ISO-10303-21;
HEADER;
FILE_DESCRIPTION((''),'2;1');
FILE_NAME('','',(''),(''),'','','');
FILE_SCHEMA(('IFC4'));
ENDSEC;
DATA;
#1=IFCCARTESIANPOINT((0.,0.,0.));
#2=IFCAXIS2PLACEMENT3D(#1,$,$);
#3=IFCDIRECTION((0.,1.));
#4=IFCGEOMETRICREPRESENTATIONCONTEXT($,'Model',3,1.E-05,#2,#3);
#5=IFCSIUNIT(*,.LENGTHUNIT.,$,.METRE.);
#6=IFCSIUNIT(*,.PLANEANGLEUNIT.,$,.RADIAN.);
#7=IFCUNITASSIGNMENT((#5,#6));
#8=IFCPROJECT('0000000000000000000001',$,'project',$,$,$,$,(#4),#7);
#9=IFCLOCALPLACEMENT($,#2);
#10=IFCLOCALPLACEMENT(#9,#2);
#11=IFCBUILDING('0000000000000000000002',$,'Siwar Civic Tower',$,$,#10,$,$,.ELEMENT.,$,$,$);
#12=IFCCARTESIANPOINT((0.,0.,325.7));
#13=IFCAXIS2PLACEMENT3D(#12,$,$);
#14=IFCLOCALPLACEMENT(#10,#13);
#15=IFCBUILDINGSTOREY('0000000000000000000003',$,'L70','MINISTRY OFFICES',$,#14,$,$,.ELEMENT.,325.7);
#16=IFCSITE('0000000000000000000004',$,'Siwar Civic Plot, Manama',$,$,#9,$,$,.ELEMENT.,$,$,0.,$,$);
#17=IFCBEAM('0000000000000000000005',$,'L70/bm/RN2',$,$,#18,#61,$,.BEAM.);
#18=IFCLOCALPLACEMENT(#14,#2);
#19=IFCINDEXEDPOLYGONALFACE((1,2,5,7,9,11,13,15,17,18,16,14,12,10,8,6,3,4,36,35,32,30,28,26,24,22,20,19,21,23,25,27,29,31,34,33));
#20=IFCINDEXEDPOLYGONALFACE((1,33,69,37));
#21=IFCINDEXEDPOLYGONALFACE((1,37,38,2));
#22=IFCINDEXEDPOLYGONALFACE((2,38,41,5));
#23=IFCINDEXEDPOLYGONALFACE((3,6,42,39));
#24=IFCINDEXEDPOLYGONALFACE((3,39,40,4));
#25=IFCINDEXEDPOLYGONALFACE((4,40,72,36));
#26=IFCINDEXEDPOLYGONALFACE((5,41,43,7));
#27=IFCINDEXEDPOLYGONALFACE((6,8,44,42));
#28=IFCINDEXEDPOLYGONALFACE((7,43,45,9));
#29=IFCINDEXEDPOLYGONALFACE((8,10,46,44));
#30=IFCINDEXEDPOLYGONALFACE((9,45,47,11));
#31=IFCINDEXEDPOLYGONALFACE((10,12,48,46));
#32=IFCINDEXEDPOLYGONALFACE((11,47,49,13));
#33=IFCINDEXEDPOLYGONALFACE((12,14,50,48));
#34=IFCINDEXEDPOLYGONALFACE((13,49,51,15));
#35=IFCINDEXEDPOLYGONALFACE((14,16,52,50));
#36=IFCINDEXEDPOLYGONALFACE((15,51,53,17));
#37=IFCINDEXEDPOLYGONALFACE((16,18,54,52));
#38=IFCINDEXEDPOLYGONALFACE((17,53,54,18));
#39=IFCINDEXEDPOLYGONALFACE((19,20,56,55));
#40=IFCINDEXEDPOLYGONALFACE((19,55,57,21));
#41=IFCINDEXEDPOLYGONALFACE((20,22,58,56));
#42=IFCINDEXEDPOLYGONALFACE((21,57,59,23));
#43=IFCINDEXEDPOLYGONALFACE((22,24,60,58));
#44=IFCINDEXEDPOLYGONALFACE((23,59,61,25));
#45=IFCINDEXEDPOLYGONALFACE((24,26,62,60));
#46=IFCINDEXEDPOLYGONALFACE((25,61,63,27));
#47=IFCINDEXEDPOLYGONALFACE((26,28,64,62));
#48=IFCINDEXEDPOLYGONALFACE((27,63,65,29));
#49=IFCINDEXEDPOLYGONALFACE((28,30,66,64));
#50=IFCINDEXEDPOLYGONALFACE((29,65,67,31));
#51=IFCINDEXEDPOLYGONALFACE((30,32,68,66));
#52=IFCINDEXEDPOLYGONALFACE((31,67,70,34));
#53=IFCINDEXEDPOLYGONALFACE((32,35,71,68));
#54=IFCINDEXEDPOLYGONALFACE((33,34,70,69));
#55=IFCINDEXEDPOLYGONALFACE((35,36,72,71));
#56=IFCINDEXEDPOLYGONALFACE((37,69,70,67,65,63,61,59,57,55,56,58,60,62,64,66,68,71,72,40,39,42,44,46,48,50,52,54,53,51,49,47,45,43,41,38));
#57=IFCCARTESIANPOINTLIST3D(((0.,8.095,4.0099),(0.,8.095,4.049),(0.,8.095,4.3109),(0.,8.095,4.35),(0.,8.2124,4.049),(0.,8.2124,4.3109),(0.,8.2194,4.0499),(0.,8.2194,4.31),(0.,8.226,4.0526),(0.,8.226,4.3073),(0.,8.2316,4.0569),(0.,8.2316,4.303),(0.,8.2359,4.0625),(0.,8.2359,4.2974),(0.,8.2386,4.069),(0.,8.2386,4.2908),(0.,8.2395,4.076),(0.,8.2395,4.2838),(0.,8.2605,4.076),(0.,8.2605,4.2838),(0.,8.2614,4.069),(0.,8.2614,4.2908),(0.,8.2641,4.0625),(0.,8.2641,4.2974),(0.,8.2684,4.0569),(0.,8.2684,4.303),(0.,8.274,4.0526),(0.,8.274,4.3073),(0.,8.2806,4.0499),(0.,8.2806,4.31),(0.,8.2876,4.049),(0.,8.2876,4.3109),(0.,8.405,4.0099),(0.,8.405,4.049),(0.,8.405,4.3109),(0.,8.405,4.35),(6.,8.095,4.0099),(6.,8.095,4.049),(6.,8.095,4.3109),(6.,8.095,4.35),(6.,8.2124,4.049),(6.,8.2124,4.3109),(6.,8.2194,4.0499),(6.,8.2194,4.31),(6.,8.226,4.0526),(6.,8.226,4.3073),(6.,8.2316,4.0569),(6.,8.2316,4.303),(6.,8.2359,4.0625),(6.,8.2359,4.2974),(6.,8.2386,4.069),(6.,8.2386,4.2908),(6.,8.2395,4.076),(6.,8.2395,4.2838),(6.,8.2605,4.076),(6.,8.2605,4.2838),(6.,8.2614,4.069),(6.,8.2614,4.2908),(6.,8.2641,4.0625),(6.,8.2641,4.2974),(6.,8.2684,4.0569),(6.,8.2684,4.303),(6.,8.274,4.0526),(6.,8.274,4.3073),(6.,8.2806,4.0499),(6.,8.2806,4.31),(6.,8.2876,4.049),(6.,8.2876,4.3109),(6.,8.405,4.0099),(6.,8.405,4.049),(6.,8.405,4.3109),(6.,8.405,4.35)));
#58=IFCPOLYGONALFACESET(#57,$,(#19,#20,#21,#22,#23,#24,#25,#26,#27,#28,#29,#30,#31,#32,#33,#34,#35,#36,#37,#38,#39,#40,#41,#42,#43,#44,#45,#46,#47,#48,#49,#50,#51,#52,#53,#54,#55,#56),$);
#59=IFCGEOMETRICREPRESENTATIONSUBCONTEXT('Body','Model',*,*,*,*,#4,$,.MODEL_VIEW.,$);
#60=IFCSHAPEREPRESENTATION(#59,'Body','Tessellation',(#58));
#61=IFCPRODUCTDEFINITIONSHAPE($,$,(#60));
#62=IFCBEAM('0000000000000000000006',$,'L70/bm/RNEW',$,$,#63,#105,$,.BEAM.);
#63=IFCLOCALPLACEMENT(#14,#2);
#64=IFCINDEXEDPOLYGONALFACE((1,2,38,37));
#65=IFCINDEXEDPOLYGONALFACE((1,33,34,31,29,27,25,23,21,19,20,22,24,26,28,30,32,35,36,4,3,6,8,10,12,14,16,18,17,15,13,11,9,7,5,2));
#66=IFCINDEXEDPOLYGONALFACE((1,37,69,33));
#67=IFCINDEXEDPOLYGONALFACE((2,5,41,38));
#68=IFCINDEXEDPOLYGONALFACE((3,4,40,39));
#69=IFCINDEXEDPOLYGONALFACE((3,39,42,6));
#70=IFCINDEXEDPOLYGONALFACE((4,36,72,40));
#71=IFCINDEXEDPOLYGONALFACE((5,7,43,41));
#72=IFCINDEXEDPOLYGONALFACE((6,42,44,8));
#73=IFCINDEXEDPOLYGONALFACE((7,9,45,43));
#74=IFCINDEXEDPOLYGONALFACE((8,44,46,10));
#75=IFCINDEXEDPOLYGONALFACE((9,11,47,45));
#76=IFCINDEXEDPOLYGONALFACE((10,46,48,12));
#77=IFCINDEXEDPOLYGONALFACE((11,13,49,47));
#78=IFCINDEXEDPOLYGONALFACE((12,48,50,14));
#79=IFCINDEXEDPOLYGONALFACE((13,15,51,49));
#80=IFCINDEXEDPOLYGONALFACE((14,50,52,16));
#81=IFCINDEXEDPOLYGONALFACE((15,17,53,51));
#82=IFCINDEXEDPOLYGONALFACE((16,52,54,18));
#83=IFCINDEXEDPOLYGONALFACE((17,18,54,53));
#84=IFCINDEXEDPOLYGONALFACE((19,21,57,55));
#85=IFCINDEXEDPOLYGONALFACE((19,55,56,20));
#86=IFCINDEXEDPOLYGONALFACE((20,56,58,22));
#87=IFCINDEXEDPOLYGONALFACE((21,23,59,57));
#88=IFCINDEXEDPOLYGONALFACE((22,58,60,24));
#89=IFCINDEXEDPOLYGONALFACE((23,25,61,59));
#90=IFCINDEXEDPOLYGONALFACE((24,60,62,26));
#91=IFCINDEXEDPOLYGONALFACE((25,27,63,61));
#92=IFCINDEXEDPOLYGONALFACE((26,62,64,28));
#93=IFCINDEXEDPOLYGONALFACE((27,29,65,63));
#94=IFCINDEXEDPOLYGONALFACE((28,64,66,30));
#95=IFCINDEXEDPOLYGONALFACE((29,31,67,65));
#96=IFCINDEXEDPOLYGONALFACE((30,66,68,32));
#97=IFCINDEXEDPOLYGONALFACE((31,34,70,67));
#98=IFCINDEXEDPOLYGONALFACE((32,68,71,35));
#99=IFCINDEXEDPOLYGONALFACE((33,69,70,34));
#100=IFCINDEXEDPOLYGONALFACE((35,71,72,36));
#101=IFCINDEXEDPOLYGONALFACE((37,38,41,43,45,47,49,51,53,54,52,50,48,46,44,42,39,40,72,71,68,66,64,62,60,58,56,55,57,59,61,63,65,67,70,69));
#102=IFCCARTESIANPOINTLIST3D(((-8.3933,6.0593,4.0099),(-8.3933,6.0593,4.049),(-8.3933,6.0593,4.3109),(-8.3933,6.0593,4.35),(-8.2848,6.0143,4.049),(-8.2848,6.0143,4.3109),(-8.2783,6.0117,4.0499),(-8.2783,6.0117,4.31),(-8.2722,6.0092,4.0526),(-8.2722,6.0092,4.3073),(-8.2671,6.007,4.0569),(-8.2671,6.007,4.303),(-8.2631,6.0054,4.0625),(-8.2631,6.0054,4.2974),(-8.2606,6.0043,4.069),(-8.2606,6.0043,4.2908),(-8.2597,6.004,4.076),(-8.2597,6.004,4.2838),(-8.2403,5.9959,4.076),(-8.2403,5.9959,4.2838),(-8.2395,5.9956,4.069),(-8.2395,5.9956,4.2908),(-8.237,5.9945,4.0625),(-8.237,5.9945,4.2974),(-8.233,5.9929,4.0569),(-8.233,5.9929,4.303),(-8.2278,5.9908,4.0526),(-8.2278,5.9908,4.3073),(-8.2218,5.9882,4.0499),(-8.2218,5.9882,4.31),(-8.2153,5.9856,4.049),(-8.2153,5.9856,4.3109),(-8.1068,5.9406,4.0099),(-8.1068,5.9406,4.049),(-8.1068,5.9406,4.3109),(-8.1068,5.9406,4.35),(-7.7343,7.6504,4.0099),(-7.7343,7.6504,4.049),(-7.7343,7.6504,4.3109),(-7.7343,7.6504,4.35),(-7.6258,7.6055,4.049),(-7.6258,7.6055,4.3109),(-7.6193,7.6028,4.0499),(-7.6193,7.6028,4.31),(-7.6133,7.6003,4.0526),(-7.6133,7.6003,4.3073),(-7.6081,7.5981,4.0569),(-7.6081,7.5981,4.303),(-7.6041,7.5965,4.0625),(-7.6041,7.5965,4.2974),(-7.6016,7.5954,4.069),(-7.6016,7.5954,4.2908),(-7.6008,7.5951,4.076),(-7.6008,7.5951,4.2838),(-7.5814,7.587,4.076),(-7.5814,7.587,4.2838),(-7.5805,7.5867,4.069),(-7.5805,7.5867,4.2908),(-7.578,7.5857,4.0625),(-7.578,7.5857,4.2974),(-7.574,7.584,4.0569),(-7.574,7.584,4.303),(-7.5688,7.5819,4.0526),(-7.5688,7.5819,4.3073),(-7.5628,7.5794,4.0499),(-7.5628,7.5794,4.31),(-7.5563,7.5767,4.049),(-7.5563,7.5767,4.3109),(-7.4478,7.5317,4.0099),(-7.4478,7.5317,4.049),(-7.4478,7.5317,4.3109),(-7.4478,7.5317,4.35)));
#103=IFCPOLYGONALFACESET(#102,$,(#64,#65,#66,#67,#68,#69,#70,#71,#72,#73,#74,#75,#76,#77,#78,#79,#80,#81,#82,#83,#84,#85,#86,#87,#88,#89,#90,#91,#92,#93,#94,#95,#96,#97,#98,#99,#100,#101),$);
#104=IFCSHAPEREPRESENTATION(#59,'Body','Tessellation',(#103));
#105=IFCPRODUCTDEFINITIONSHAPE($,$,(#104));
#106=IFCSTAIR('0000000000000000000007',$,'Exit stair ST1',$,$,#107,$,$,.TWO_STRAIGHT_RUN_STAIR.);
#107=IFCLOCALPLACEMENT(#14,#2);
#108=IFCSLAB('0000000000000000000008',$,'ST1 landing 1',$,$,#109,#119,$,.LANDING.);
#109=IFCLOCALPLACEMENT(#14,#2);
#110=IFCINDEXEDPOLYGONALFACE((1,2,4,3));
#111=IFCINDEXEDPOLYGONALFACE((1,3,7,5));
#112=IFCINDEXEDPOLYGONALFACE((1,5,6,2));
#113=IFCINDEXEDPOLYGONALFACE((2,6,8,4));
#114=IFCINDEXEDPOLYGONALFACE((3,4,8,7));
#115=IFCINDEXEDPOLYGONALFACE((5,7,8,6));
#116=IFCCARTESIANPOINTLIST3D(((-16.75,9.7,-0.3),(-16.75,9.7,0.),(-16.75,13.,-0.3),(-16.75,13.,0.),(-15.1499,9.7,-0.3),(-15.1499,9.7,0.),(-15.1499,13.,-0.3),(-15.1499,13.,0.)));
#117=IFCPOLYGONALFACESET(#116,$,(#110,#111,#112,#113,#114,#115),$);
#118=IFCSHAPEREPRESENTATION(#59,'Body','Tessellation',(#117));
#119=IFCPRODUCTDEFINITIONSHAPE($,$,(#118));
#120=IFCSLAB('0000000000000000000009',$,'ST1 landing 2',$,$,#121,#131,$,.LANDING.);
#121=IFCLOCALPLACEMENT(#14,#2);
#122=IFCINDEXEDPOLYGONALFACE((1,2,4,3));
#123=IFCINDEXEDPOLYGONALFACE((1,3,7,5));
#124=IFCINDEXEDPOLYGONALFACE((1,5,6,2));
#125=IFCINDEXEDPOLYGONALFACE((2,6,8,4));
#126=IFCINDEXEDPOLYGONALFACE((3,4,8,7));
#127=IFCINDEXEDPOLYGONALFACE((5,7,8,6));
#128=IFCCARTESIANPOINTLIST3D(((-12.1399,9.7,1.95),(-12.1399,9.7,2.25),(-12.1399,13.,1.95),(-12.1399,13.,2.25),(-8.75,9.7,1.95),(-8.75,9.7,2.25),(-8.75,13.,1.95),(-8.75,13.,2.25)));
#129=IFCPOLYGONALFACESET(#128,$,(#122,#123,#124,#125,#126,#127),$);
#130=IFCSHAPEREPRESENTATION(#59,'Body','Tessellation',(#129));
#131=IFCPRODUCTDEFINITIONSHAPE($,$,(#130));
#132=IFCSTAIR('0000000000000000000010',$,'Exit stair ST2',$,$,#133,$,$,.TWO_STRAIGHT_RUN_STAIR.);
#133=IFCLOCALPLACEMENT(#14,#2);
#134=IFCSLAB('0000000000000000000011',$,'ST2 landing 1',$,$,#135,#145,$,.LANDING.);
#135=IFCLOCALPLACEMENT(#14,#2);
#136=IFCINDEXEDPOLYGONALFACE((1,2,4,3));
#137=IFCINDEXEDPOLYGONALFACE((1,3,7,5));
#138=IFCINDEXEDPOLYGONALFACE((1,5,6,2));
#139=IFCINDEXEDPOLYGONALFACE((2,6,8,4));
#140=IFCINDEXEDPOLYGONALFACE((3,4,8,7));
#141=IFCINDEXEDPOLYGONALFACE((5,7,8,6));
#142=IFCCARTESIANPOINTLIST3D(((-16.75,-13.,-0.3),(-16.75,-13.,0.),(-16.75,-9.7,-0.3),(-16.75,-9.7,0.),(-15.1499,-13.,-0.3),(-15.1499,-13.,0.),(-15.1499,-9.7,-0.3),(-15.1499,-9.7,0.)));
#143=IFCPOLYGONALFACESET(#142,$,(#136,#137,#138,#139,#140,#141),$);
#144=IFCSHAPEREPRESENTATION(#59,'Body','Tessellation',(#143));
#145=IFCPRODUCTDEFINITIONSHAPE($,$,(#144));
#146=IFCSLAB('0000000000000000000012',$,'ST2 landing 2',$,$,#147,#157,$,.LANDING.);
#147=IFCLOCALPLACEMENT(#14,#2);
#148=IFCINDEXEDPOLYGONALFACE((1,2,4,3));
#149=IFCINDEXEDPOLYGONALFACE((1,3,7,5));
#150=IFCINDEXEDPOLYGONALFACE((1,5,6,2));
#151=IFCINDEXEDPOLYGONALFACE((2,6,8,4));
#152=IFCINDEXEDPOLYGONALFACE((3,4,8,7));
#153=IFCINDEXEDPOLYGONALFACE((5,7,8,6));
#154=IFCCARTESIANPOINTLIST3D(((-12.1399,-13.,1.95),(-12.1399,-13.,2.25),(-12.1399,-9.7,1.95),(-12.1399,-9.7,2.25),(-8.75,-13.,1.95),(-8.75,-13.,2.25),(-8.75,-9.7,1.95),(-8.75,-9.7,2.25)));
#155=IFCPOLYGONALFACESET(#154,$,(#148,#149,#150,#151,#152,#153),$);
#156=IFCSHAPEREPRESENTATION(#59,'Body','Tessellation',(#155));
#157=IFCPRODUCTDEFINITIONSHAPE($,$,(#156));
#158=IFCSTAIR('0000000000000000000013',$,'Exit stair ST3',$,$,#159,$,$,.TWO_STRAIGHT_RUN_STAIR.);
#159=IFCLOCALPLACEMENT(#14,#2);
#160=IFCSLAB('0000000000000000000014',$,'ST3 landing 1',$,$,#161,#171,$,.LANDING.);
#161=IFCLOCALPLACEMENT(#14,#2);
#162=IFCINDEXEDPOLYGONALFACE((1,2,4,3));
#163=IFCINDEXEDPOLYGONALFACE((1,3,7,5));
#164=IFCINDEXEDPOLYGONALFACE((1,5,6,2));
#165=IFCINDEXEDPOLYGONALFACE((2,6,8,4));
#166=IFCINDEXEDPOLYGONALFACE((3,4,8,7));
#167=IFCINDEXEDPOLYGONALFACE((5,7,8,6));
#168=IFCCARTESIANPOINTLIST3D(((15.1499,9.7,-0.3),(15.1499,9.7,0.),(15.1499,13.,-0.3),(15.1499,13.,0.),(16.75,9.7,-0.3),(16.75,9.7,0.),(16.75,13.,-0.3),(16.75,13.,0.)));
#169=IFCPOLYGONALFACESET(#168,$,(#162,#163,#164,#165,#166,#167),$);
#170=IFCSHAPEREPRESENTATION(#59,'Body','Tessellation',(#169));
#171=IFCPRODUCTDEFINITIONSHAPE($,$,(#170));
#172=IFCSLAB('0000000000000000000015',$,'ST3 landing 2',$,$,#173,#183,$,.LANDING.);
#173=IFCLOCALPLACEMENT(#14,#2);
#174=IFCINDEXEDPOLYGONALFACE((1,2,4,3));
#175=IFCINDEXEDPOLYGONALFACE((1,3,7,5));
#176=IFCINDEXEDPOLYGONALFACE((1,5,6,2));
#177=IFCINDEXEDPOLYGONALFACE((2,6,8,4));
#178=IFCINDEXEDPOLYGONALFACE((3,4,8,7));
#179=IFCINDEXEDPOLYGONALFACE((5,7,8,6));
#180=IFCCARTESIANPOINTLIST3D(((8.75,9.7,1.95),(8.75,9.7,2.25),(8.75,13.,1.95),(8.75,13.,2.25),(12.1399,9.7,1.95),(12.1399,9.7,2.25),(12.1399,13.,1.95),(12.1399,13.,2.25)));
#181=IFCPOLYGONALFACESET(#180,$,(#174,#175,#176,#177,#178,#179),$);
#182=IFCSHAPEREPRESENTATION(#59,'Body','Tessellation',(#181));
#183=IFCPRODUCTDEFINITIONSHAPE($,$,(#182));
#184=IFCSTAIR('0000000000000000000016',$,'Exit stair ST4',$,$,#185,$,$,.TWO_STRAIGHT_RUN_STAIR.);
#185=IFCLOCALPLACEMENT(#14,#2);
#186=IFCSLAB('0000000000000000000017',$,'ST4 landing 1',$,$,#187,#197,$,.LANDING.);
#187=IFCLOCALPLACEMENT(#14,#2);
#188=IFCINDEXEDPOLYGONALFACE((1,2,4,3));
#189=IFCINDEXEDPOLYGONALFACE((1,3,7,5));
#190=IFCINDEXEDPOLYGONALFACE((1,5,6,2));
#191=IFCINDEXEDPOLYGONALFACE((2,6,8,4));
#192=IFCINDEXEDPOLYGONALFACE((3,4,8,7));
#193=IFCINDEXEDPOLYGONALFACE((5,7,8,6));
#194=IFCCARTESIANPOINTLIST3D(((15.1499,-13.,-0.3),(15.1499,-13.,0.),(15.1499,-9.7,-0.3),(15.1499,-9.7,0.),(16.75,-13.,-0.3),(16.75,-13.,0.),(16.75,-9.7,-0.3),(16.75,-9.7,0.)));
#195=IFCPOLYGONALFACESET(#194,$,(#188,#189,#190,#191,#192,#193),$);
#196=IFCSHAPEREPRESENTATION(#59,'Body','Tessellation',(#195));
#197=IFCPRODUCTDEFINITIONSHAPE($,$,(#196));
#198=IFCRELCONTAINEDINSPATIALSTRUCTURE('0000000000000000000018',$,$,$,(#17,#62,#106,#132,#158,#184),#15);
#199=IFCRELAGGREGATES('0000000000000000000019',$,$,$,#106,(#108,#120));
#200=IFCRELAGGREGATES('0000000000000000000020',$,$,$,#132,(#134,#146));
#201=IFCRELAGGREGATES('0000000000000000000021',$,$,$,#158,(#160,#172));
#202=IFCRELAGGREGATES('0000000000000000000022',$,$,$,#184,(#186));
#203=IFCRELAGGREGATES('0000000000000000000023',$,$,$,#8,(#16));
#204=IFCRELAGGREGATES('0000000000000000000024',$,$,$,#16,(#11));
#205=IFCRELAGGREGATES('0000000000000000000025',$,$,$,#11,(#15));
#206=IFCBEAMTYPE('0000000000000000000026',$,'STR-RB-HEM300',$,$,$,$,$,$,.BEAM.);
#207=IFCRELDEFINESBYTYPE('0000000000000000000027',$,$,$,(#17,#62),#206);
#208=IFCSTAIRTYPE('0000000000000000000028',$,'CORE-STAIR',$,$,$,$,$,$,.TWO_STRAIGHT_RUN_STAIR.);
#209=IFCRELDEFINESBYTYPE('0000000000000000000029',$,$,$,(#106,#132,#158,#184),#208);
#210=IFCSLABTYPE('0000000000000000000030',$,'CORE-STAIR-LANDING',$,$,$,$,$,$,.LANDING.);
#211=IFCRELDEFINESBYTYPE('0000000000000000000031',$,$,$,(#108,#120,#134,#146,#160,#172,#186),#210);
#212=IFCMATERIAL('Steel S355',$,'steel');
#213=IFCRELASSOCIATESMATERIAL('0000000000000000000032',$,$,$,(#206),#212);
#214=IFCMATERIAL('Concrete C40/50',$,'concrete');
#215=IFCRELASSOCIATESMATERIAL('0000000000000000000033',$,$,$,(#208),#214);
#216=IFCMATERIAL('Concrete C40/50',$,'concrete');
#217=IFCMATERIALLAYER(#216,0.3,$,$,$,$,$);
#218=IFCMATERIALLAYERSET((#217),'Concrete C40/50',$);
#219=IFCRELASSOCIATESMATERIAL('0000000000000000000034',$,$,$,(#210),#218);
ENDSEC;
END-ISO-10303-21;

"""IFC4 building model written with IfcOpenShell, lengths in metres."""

from ifc_helpers import new_model, si_unit, direction, frame, origin, origin_2d, place, context, subcontext, project, spatial, polyline, i_section, outline, extrude, material, layer, layer_set, material_profile, profile_set, type_object, element, aggregate, save


model = new_model("IFC4")

# Units and contexts
model_context = context("Model", 3, precision=1e-05, world=origin(), true_north=direction((0.0, 1.0)))
body_context = subcontext(model_context, "Body", "Model", "MODEL_VIEW")
ifc_project = project(units=[si_unit("LENGTHUNIT", "METRE"), si_unit("PLANEANGLEUNIT", "RADIAN")], contexts=[model_context])

# Site, building, storey
site_placement = place(None, origin())
site = spatial("IfcSite", under=ifc_project, at=site_placement, Name="Siwar Civic Plot, Manama", CompositionType="ELEMENT", RefElevation=0.0)
building_placement = place(site_placement, origin())
building = spatial("IfcBuilding", under=site, at=building_placement, Name="Siwar Civic Tower", CompositionType="ELEMENT")
storey_placement = place(building_placement, frame((0.0, 0.0, 325.7)))
storey = spatial("IfcBuildingStorey", under=building, at=storey_placement, Name="L70", Description="MINISTRY OFFICES", CompositionType="ELEMENT", Elevation=325.7)

# Beams
ifc_material_1 = material(Name="Steel S355", Category="steel")
ifc_material_profile_1 = material_profile(ifc_material_1, i_section(OverallWidth=0.3101, OverallDepth=0.3401, WebThickness=0.021, FlangeThickness=0.0391, FilletRadius=0.0271, at=origin_2d()), Name="HEM300")
ifc_profile_set_1 = profile_set([ifc_material_profile_1], Name="Steel S355")
beam_type_1 = type_object("IfcBeamType", Name="STR-RB-HEM300", PredefinedType="BEAM", material=ifc_profile_set_1)
for number, where, z_axis, x_axis, name in (
    (1, (0.0, 8.25, 4.1799), (1.0, 0.0, 0.0), (0.0, 1.0, 0.0), "L70/bm/RN2"),
):
    element("IfcBeam", number, at=place(storey_placement, frame(where, z_axis=z_axis, x_axis=x_axis)), inside=storey, type_object=beam_type_1, Name=name, PredefinedType="BEAM", context=body_context, shape_type="SweptSolid", body=[
        extrude(i_section(OverallWidth=0.3101, OverallDepth=0.3401, WebThickness=0.021, FlangeThickness=0.0391, FilletRadius=0.0271, at=origin_2d()), origin(), (0.0, 0.0, 1.0), 6.0),
    ])
beam_1_placement = place(storey_placement, frame((-7.5911, 7.5911, 4.1799), z_axis=(-0.382631, -0.923901, 0.0), x_axis=(0.923901, -0.382631, 0.0)))
element("IfcBeam", 2, at=beam_1_placement, inside=storey, type_object=beam_type_1, Name="L70/bm/RNEW", PredefinedType="BEAM", context=body_context, shape_type="SweptSolid", body=[
    extrude(i_section(OverallWidth=0.3101, OverallDepth=0.3401, WebThickness=0.021, FlangeThickness=0.0391, FilletRadius=0.0271, at=origin_2d()), origin(), (0.0, 0.0, 1.0), 1.7222),
])

# Stairs, slabs
ifc_material_2 = material(Name="Concrete C40/50", Category="concrete")
stair_type = type_object("IfcStairType", Name="CORE-STAIR", PredefinedType="TWO_STRAIGHT_RUN_STAIR", material=ifc_material_2)
stair_1_placement = place(storey_placement, origin())
stair_1 = element("IfcStair", 3, at=stair_1_placement, inside=storey, type_object=stair_type, Name="Exit stair ST1", PredefinedType="TWO_STRAIGHT_RUN_STAIR")
ifc_material_3 = material(Name="Concrete C40/50", Category="concrete")
ifc_layer_1 = layer(ifc_material_3, 0.3)
ifc_layer_set_1 = layer_set([ifc_layer_1], Name="Concrete C40/50")
slab_type_1 = type_object("IfcSlabType", Name="CORE-STAIR-LANDING", PredefinedType="LANDING", material=ifc_layer_set_1)
slab_1_placement = place(storey_placement, frame((0.0, 0.0, -0.3)))
slab_1 = element("IfcSlab", 4, at=slab_1_placement, type_object=slab_type_1, Name="ST1 landing 1", PredefinedType="LANDING", context=body_context, shape_type="SweptSolid", body=[
    extrude(outline(polyline([(-15.1499, 13.0), (-16.75, 13.0), (-16.75, 9.7), (-15.1499, 9.7), (-15.1499, 13.0)])), origin(), (0.0, 0.0, 1.0), 0.3),
])
slab_2_placement = place(storey_placement, frame((0.0, 0.0, 1.95)))
slab_2 = element("IfcSlab", 5, at=slab_2_placement, type_object=slab_type_1, Name="ST1 landing 2", PredefinedType="LANDING", context=body_context, shape_type="SweptSolid", body=[
    extrude(outline(polyline([(-8.75, 13.0), (-12.1399, 13.0), (-12.1399, 9.7), (-8.75, 9.7), (-8.75, 13.0)])), origin(), (0.0, 0.0, 1.0), 0.3),
])
aggregate(stair_1, [slab_1, slab_2])
stair_2_placement = place(storey_placement, origin())
stair_2 = element("IfcStair", 6, at=stair_2_placement, inside=storey, type_object=stair_type, Name="Exit stair ST2", PredefinedType="TWO_STRAIGHT_RUN_STAIR")
slab_3_placement = place(storey_placement, frame((0.0, 0.0, -0.3)))
slab_3 = element("IfcSlab", 7, at=slab_3_placement, type_object=slab_type_1, Name="ST2 landing 1", PredefinedType="LANDING", context=body_context, shape_type="SweptSolid", body=[
    extrude(outline(polyline([(-15.1499, -9.7), (-16.75, -9.7), (-16.75, -13.0), (-15.1499, -13.0), (-15.1499, -9.7)])), origin(), (0.0, 0.0, 1.0), 0.3),
])
slab_4_placement = place(storey_placement, frame((0.0, 0.0, 1.95)))
slab_4 = element("IfcSlab", 8, at=slab_4_placement, type_object=slab_type_1, Name="ST2 landing 2", PredefinedType="LANDING", context=body_context, shape_type="SweptSolid", body=[
    extrude(outline(polyline([(-8.75, -9.7), (-12.1399, -9.7), (-12.1399, -13.0), (-8.75, -13.0), (-8.75, -9.7)])), origin(), (0.0, 0.0, 1.0), 0.3),
])
aggregate(stair_2, [slab_3, slab_4])
stair_3_placement = place(storey_placement, origin())
stair_3 = element("IfcStair", 9, at=stair_3_placement, inside=storey, type_object=stair_type, Name="Exit stair ST3", PredefinedType="TWO_STRAIGHT_RUN_STAIR")
slab_5_placement = place(storey_placement, frame((0.0, 0.0, -0.3)))
slab_5 = element("IfcSlab", 10, at=slab_5_placement, type_object=slab_type_1, Name="ST3 landing 1", PredefinedType="LANDING", context=body_context, shape_type="SweptSolid", body=[
    extrude(outline(polyline([(15.1499, 9.7), (16.75, 9.7), (16.75, 13.0), (15.1499, 13.0), (15.1499, 9.7)])), origin(), (0.0, 0.0, 1.0), 0.3),
])
slab_6_placement = place(storey_placement, frame((0.0, 0.0, 1.95)))
slab_6 = element("IfcSlab", 11, at=slab_6_placement, type_object=slab_type_1, Name="ST3 landing 2", PredefinedType="LANDING", context=body_context, shape_type="SweptSolid", body=[
    extrude(outline(polyline([(8.75, 9.7), (12.1399, 9.7), (12.1399, 13.0), (8.75, 13.0), (8.75, 9.7)])), origin(), (0.0, 0.0, 1.0), 0.3),
])
aggregate(stair_3, [slab_5, slab_6])

# Stair, slab
stair_4_placement = place(storey_placement, origin())
stair_4 = element("IfcStair", 12, at=stair_4_placement, inside=storey, type_object=stair_type, Name="Exit stair ST4", PredefinedType="TWO_STRAIGHT_RUN_STAIR")
slab_7_placement = place(storey_placement, frame((0.0, 0.0, -0.3)))
slab_7 = element("IfcSlab", 13, at=slab_7_placement, type_object=slab_type_1, Name="ST4 landing 1", PredefinedType="LANDING", context=body_context, shape_type="SweptSolid", body=[
    extrude(outline(polyline([(15.1499, -13.0), (16.75, -13.0), (16.75, -9.7), (15.1499, -9.7), (15.1499, -13.0)])), origin(), (0.0, 0.0, 1.0), 0.3),
])
aggregate(stair_4, [slab_7])

save(model, "model.ifc")
